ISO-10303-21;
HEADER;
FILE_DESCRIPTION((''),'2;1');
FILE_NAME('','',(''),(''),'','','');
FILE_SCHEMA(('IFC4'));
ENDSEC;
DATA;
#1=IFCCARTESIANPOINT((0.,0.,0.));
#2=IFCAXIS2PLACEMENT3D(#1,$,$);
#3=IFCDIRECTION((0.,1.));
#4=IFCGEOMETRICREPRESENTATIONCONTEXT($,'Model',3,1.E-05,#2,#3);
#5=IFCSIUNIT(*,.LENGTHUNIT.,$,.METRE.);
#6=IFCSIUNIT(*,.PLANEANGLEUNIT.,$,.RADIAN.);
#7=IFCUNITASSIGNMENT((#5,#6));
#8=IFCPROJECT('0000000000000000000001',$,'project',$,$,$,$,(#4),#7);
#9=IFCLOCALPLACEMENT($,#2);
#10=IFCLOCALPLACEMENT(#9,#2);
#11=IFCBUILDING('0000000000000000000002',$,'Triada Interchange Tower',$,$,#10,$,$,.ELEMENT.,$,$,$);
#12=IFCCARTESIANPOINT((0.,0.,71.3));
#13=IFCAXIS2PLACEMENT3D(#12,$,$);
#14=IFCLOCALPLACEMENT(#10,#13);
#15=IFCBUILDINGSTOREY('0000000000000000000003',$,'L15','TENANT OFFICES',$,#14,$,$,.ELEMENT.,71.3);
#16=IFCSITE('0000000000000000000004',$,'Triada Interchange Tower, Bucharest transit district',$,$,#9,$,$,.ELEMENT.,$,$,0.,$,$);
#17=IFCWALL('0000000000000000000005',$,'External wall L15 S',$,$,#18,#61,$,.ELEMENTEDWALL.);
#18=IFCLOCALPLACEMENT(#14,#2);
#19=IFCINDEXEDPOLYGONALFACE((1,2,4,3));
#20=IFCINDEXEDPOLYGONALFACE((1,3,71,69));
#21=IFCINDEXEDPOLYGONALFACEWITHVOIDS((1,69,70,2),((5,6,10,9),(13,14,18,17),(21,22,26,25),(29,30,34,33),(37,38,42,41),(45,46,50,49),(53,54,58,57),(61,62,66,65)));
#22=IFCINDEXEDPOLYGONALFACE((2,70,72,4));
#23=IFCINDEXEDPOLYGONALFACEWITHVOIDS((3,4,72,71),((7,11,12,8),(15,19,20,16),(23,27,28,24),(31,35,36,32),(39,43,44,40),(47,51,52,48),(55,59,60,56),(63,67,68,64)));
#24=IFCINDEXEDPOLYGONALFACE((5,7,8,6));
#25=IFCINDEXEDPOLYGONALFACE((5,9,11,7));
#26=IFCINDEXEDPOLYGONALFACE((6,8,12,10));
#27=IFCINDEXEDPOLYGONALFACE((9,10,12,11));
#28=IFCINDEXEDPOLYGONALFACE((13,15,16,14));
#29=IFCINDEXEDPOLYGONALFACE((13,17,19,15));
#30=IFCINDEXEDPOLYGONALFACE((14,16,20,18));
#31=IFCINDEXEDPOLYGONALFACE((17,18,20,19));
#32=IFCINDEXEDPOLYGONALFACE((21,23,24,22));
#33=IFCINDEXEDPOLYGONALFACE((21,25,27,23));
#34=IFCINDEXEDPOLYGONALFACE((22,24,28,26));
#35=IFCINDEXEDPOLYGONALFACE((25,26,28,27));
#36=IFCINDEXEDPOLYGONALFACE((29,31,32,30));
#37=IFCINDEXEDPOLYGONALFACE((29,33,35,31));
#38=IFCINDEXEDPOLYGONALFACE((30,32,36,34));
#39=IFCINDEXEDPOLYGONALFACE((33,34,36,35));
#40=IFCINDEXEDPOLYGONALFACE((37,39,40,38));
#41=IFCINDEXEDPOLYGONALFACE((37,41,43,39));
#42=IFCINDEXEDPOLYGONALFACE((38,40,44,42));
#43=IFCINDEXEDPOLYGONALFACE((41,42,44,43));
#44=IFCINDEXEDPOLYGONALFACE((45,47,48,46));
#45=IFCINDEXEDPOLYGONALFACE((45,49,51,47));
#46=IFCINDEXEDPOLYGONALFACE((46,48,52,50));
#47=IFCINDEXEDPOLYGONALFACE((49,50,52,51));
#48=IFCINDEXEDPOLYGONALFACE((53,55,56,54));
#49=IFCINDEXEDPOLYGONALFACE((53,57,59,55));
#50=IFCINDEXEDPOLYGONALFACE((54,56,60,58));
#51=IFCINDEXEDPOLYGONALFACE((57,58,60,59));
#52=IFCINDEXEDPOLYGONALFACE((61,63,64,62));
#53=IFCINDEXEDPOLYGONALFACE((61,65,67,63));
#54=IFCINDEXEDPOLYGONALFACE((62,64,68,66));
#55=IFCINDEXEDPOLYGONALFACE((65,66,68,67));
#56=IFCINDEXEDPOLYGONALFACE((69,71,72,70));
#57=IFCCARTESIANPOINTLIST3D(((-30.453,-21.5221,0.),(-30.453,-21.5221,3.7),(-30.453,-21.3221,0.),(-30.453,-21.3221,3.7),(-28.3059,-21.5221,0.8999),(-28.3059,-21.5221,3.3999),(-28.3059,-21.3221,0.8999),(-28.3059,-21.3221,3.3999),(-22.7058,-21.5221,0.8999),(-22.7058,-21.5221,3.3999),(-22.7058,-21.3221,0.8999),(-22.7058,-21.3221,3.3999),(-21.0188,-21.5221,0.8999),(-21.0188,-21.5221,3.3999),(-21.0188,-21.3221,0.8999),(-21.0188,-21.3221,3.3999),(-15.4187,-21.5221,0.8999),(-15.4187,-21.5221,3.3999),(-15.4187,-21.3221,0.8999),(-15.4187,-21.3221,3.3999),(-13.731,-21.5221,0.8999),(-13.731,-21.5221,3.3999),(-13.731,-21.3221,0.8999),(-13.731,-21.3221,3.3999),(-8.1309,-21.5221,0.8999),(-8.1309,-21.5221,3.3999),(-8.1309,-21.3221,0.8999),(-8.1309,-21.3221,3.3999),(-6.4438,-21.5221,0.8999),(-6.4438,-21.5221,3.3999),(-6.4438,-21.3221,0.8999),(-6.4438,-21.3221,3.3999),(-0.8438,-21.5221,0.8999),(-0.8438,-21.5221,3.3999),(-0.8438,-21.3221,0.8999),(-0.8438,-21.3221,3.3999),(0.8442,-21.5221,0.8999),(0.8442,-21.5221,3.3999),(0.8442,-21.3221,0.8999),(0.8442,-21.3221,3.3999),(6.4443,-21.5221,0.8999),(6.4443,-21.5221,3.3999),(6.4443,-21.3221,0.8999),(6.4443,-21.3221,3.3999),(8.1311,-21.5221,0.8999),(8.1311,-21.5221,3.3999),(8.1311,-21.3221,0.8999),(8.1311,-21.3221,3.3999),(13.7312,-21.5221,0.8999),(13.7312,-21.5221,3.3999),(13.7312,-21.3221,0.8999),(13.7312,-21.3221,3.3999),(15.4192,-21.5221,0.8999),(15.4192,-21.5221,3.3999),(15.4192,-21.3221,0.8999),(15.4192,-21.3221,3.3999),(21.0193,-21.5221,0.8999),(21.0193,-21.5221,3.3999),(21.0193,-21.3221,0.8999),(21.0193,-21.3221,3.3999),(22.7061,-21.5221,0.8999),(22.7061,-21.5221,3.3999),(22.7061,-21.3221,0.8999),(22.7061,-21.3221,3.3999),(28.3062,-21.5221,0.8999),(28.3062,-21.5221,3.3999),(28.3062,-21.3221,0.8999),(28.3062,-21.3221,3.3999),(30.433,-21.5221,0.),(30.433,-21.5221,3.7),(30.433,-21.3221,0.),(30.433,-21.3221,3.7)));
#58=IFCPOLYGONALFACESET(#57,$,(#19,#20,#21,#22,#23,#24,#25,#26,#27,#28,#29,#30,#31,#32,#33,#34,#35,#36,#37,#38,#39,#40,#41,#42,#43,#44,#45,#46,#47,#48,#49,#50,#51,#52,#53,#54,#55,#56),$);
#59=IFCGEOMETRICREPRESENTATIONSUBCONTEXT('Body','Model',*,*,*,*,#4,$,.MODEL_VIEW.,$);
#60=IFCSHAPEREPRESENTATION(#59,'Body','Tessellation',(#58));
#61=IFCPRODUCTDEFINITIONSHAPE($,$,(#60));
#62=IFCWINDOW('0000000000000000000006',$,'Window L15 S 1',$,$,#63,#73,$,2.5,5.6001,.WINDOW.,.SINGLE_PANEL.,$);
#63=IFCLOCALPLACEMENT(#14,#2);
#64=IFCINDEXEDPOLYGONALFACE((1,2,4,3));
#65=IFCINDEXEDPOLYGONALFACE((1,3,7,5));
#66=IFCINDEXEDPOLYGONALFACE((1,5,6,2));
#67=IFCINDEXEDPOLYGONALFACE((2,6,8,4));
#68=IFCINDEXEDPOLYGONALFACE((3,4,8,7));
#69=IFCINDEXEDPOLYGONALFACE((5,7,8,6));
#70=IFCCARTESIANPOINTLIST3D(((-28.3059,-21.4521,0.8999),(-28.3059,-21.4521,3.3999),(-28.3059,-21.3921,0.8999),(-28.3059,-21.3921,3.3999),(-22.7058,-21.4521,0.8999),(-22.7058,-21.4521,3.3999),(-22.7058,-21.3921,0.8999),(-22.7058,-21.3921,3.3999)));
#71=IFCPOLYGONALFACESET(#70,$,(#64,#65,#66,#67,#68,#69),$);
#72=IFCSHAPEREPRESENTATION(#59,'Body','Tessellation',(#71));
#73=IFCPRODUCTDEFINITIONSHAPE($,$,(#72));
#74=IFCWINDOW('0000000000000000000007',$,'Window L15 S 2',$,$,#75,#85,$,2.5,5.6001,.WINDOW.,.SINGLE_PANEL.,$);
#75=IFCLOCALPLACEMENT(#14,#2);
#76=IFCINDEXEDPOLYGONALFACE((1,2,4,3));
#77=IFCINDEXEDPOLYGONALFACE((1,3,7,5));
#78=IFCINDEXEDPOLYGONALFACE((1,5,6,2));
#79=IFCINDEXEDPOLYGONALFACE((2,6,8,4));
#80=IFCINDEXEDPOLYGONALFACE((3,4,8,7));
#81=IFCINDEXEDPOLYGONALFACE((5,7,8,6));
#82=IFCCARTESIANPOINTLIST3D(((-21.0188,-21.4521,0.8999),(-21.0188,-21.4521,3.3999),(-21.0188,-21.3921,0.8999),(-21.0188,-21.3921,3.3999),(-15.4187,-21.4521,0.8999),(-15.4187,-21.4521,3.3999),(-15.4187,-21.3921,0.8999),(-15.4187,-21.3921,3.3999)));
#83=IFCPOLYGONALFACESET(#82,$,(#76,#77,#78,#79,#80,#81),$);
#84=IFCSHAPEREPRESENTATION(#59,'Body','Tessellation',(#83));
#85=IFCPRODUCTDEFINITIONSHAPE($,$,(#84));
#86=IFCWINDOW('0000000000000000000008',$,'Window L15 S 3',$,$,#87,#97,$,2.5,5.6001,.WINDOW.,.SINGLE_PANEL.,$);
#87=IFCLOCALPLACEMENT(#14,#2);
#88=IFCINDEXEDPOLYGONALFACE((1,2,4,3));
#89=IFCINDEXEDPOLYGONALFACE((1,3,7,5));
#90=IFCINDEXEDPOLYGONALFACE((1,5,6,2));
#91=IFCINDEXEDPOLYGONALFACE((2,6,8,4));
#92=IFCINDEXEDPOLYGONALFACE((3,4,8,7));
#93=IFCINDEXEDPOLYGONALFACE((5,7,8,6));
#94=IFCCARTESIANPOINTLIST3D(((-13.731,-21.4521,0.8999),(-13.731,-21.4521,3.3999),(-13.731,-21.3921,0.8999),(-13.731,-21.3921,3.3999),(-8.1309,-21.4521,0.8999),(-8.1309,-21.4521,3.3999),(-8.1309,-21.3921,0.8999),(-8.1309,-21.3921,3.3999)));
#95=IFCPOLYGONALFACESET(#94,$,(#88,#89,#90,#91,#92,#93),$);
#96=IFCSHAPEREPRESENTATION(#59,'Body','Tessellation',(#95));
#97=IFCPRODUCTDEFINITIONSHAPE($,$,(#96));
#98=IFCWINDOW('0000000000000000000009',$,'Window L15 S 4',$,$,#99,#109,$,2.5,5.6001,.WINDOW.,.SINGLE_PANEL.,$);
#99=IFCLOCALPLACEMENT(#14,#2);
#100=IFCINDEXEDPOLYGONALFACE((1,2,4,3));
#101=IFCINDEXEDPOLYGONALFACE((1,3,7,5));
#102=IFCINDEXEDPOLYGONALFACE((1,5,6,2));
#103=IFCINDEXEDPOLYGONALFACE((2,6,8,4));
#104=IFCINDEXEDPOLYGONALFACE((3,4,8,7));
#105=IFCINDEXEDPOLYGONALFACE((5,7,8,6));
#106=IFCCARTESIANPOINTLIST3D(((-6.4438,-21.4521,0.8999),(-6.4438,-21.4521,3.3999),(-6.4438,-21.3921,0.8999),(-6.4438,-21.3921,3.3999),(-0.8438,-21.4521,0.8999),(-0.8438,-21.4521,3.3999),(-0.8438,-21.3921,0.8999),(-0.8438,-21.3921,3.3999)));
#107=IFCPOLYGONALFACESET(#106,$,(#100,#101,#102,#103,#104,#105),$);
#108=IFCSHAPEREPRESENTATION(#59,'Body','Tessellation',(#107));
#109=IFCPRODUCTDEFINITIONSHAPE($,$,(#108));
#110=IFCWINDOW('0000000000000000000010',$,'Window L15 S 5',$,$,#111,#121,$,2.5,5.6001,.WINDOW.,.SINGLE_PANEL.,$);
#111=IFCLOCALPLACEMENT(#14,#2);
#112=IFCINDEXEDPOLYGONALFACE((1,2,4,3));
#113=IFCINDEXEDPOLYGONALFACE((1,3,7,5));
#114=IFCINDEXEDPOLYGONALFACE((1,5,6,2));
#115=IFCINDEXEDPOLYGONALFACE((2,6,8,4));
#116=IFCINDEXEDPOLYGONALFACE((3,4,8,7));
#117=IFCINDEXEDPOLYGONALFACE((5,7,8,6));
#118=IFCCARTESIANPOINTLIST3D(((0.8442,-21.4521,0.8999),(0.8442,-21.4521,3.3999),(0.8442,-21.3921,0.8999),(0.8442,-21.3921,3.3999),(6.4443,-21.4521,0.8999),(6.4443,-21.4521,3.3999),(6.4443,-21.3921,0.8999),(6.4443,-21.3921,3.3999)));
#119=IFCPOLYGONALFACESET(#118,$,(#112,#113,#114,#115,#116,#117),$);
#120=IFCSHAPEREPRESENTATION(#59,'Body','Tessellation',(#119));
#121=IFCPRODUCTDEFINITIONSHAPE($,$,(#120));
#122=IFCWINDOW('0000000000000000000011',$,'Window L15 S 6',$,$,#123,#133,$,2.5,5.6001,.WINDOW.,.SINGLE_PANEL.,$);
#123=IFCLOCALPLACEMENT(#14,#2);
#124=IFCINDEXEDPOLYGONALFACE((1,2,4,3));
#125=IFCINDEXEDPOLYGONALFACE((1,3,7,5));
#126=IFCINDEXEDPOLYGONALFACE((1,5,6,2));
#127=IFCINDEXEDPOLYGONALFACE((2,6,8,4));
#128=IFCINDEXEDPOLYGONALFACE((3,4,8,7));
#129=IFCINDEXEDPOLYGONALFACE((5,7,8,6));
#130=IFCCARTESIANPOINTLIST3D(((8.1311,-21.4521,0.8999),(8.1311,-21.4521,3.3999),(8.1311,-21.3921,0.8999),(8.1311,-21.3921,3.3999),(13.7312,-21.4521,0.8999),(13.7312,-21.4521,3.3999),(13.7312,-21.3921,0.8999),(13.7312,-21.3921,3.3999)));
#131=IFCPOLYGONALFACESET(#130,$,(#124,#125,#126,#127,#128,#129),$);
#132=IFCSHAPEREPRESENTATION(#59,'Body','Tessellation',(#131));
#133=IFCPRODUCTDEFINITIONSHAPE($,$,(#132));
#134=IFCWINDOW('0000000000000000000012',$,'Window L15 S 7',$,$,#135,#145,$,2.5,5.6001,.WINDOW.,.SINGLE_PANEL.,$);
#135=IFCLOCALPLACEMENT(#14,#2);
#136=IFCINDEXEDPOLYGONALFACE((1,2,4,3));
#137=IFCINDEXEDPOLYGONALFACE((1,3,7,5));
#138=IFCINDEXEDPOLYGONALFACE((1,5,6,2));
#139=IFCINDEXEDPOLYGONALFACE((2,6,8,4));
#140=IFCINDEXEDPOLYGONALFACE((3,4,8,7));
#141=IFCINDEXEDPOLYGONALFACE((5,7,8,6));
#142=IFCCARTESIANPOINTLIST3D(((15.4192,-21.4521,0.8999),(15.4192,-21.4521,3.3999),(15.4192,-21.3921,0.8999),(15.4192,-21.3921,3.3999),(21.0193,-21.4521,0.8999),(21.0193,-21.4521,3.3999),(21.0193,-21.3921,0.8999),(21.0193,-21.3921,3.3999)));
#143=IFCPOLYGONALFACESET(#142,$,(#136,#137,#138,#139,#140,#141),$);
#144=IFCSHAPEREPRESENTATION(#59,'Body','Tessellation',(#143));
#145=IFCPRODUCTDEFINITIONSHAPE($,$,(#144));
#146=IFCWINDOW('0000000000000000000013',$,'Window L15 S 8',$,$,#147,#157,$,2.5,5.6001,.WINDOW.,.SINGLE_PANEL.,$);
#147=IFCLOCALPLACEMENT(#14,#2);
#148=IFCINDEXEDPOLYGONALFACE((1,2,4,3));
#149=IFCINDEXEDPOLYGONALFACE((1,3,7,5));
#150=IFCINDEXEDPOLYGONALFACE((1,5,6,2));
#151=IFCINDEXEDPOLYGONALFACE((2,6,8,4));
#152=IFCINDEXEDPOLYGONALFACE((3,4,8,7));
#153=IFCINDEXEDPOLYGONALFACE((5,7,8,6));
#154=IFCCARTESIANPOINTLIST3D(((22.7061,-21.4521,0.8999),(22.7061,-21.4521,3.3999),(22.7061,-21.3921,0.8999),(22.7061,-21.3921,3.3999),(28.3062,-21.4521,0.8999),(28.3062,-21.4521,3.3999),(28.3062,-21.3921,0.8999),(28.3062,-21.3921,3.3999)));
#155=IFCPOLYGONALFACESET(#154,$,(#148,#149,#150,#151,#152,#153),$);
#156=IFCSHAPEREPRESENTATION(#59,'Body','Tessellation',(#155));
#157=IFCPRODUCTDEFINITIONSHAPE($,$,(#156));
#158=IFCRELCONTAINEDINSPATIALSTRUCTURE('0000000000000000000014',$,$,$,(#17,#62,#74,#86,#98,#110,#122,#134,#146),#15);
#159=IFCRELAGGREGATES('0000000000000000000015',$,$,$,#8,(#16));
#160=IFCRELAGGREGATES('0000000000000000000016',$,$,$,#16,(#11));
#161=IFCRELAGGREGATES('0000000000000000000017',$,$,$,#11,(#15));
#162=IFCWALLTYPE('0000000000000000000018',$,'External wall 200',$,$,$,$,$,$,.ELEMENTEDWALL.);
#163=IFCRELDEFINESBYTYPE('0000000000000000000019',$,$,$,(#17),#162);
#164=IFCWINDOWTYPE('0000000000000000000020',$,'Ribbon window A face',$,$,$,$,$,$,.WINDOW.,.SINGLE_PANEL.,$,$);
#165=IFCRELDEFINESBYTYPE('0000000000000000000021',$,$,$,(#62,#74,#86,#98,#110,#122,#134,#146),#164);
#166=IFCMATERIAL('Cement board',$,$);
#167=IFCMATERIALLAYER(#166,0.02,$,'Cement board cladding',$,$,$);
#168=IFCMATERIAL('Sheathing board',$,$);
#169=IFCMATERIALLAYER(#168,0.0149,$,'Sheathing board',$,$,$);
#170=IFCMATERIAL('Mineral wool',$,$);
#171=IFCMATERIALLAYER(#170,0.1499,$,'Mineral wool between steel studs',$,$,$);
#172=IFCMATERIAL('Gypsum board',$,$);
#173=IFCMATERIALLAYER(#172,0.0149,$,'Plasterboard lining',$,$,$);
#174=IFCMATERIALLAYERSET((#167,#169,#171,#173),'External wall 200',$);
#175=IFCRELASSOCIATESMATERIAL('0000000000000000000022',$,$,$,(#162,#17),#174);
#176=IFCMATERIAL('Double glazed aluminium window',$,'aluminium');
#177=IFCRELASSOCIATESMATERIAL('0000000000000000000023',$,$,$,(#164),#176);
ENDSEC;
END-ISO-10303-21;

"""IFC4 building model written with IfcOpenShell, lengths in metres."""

from ifc_helpers import new_model, si_unit, direction, frame, frame_2d, origin, place, context, subcontext, project, spatial, rectangle, extrude, material, layer, layer_set, layer_usage, type_object, element, fill, save


model = new_model("IFC4")

# Units and contexts
model_context = context("Model", 3, precision=1e-05, world=origin(), true_north=direction((0.0, 1.0)))
body_context = subcontext(model_context, "Body", "Model", "MODEL_VIEW")
ifc_project = project(units=[si_unit("LENGTHUNIT", "METRE"), si_unit("PLANEANGLEUNIT", "RADIAN")], contexts=[model_context])

# Site, building, storey
site_placement = place(None, origin())
site = spatial("IfcSite", under=ifc_project, at=site_placement, Name="Triada Interchange Tower, Bucharest transit district", CompositionType="ELEMENT", RefElevation=0.0)
building_placement = place(site_placement, origin())
building = spatial("IfcBuilding", under=site, at=building_placement, Name="Triada Interchange Tower", CompositionType="ELEMENT")
storey_placement = place(building_placement, frame((0.0, 0.0, 71.3)))
storey = spatial("IfcBuildingStorey", under=building, at=storey_placement, Name="L15", Description="TENANT OFFICES", CompositionType="ELEMENT", Elevation=71.3)

# Shared definitions
ifc_material_1 = material(Name="Cement board")
ifc_layer_1 = layer(ifc_material_1, 0.02, Name="Cement board cladding")
ifc_material_2 = material(Name="Sheathing board")
ifc_layer_2 = layer(ifc_material_2, 0.0149, Name="Sheathing board")
ifc_material_3 = material(Name="Mineral wool")
ifc_layer_3 = layer(ifc_material_3, 0.1499, Name="Mineral wool between steel studs")
ifc_material_4 = material(Name="Gypsum board")
ifc_layer_4 = layer(ifc_material_4, 0.0149, Name="Plasterboard lining")
ifc_layer_set_1 = layer_set([ifc_layer_1, ifc_layer_2, ifc_layer_3, ifc_layer_4], Name="External wall 200")
ifc_layer_usage = layer_usage(ifc_layer_set_1, "AXIS2", "POSITIVE", -0.1001)
wall_type_1 = type_object("IfcWallType", Name="External wall 200", PredefinedType="ELEMENTEDWALL", material=ifc_layer_set_1)
ifc_material_5 = material(Name="Double glazed aluminium window", Category="aluminium")

# Wall, openings, windows
wall_1_placement = place(storey_placement, frame((-30.4529, -21.4221, 0.0), z_axis=(0.0, 0.0, 1.0), x_axis=(1.0, 0.0, 0.0)))
wall_1 = element("IfcWall", 1, at=wall_1_placement, inside=storey, type_object=wall_type_1, material=ifc_layer_usage, Name="External wall L15 S", PredefinedType="ELEMENTEDWALL", context=body_context, shape_type="SweptSolid", body=[
    extrude(rectangle(XDim=60.886, YDim=0.2, at=frame_2d((30.4429, 0.0))), origin(), (0.0, 0.0, 1.0), 3.7),
])
opening_1_placement = place(wall_1_placement, frame((2.147, 0.0, 0.8999)))
opening_1 = element("IfcOpeningElement", 2, at=opening_1_placement, cuts=wall_1, PredefinedType="OPENING", context=body_context, shape_type="SweptSolid", body=[
    extrude(rectangle(XDim=5.6001, YDim=2.5, at=frame_2d((2.8, 1.25))), frame((0.0, 0.1099, 0.0), z_axis=(0.0, -1.0, 0.0), x_axis=(1.0, 0.0, 0.0)), (0.0, 0.0, 1.0), 0.22),
])
opening_2_placement = place(wall_1_placement, frame((9.4341, 0.0, 0.8999)))
opening_2 = element("IfcOpeningElement", 3, at=opening_2_placement, cuts=wall_1, PredefinedType="OPENING", context=body_context, shape_type="SweptSolid", body=[
    extrude(rectangle(XDim=5.6001, YDim=2.5, at=frame_2d((2.8, 1.25))), frame((0.0, 0.1099, 0.0), z_axis=(0.0, -1.0, 0.0), x_axis=(1.0, 0.0, 0.0)), (0.0, 0.0, 1.0), 0.22),
])
opening_3_placement = place(wall_1_placement, frame((16.7219, 0.0, 0.8999)))
opening_3 = element("IfcOpeningElement", 4, at=opening_3_placement, cuts=wall_1, PredefinedType="OPENING", context=body_context, shape_type="SweptSolid", body=[
    extrude(rectangle(XDim=5.6001, YDim=2.5, at=frame_2d((2.8, 1.25))), frame((0.0, 0.1099, 0.0), z_axis=(0.0, -1.0, 0.0), x_axis=(1.0, 0.0, 0.0)), (0.0, 0.0, 1.0), 0.22),
])
opening_4_placement = place(wall_1_placement, frame((24.009, 0.0, 0.8999)))
opening_4 = element("IfcOpeningElement", 5, at=opening_4_placement, cuts=wall_1, PredefinedType="OPENING", context=body_context, shape_type="SweptSolid", body=[
    extrude(rectangle(XDim=5.6001, YDim=2.5, at=frame_2d((2.8, 1.25))), frame((0.0, 0.1099, 0.0), z_axis=(0.0, -1.0, 0.0), x_axis=(1.0, 0.0, 0.0)), (0.0, 0.0, 1.0), 0.22),
])
opening_5_placement = place(wall_1_placement, frame((31.2971, 0.0, 0.8999)))
opening_5 = element("IfcOpeningElement", 6, at=opening_5_placement, cuts=wall_1, PredefinedType="OPENING", context=body_context, shape_type="SweptSolid", body=[
    extrude(rectangle(XDim=5.6001, YDim=2.5, at=frame_2d((2.8, 1.25))), frame((0.0, 0.1099, 0.0), z_axis=(0.0, -1.0, 0.0), x_axis=(1.0, 0.0, 0.0)), (0.0, 0.0, 1.0), 0.22),
])
opening_6_placement = place(wall_1_placement, frame((38.584, 0.0, 0.8999)))
opening_6 = element("IfcOpeningElement", 7, at=opening_6_placement, cuts=wall_1, PredefinedType="OPENING", context=body_context, shape_type="SweptSolid", body=[
    extrude(rectangle(XDim=5.6001, YDim=2.5, at=frame_2d((2.8, 1.25))), frame((0.0, 0.1099, 0.0), z_axis=(0.0, -1.0, 0.0), x_axis=(1.0, 0.0, 0.0)), (0.0, 0.0, 1.0), 0.22),
])
opening_7_placement = place(wall_1_placement, frame((45.8721, 0.0, 0.8999)))
opening_7 = element("IfcOpeningElement", 8, at=opening_7_placement, cuts=wall_1, PredefinedType="OPENING", context=body_context, shape_type="SweptSolid", body=[
    extrude(rectangle(XDim=5.6001, YDim=2.5, at=frame_2d((2.8, 1.25))), frame((0.0, 0.1099, 0.0), z_axis=(0.0, -1.0, 0.0), x_axis=(1.0, 0.0, 0.0)), (0.0, 0.0, 1.0), 0.22),
])
opening_8_placement = place(wall_1_placement, frame((53.1589, 0.0, 0.8999)))
opening_8 = element("IfcOpeningElement", 9, at=opening_8_placement, cuts=wall_1, PredefinedType="OPENING", context=body_context, shape_type="SweptSolid", body=[
    extrude(rectangle(XDim=5.6001, YDim=2.5, at=frame_2d((2.8, 1.25))), frame((0.0, 0.1099, 0.0), z_axis=(0.0, -1.0, 0.0), x_axis=(1.0, 0.0, 0.0)), (0.0, 0.0, 1.0), 0.22),
])
window_type_1 = type_object("IfcWindowType", Name="Ribbon window A face", PartitioningType="SINGLE_PANEL", PredefinedType="WINDOW", material=ifc_material_5)
window_1_placement = place(opening_1_placement, origin())
window_1 = element("IfcWindow", 10, at=window_1_placement, inside=storey, type_object=window_type_1, Name="Window L15 S 1", OverallHeight=2.5, OverallWidth=5.6001, PartitioningType="SINGLE_PANEL", PredefinedType="WINDOW", context=body_context, shape_type="SweptSolid", body=[
    extrude(rectangle(XDim=5.6001, YDim=2.5, at=frame_2d((2.8, 1.25))), frame((0.0, 0.03, 0.0), z_axis=(0.0, -1.0, 0.0), x_axis=(1.0, 0.0, 0.0)), (0.0, 0.0, 1.0), 0.0601),
])
fill(opening_1, window_1)
window_2_placement = place(opening_2_placement, origin())
window_2 = element("IfcWindow", 11, at=window_2_placement, inside=storey, type_object=window_type_1, Name="Window L15 S 2", OverallHeight=2.5, OverallWidth=5.6001, PartitioningType="SINGLE_PANEL", PredefinedType="WINDOW", context=body_context, shape_type="SweptSolid", body=[
    extrude(rectangle(XDim=5.6001, YDim=2.5, at=frame_2d((2.8, 1.25))), frame((0.0, 0.03, 0.0), z_axis=(0.0, -1.0, 0.0), x_axis=(1.0, 0.0, 0.0)), (0.0, 0.0, 1.0), 0.0601),
])
fill(opening_2, window_2)
window_3_placement = place(opening_3_placement, origin())
window_3 = element("IfcWindow", 12, at=window_3_placement, inside=storey, type_object=window_type_1, Name="Window L15 S 3", OverallHeight=2.5, OverallWidth=5.6001, PartitioningType="SINGLE_PANEL", PredefinedType="WINDOW", context=body_context, shape_type="SweptSolid", body=[
    extrude(rectangle(XDim=5.6001, YDim=2.5, at=frame_2d((2.8, 1.25))), frame((0.0, 0.03, 0.0), z_axis=(0.0, -1.0, 0.0), x_axis=(1.0, 0.0, 0.0)), (0.0, 0.0, 1.0), 0.0601),
])
fill(opening_3, window_3)
window_4_placement = place(opening_4_placement, origin())
window_4 = element("IfcWindow", 13, at=window_4_placement, inside=storey, type_object=window_type_1, Name="Window L15 S 4", OverallHeight=2.5, OverallWidth=5.6001, PartitioningType="SINGLE_PANEL", PredefinedType="WINDOW", context=body_context, shape_type="SweptSolid", body=[
    extrude(rectangle(XDim=5.6001, YDim=2.5, at=frame_2d((2.8, 1.25))), frame((0.0, 0.03, 0.0), z_axis=(0.0, -1.0, 0.0), x_axis=(1.0, 0.0, 0.0)), (0.0, 0.0, 1.0), 0.0601),
])
fill(opening_4, window_4)
window_5_placement = place(opening_5_placement, origin())
window_5 = element("IfcWindow", 14, at=window_5_placement, inside=storey, type_object=window_type_1, Name="Window L15 S 5", OverallHeight=2.5, OverallWidth=5.6001, PartitioningType="SINGLE_PANEL", PredefinedType="WINDOW", context=body_context, shape_type="SweptSolid", body=[
    extrude(rectangle(XDim=5.6001, YDim=2.5, at=frame_2d((2.8, 1.25))), frame((0.0, 0.03, 0.0), z_axis=(0.0, -1.0, 0.0), x_axis=(1.0, 0.0, 0.0)), (0.0, 0.0, 1.0), 0.0601),
])
fill(opening_5, window_5)
window_6_placement = place(opening_6_placement, origin())
window_6 = element("IfcWindow", 15, at=window_6_placement, inside=storey, type_object=window_type_1, Name="Window L15 S 6", OverallHeight=2.5, OverallWidth=5.6001, PartitioningType="SINGLE_PANEL", PredefinedType="WINDOW", context=body_context, shape_type="SweptSolid", body=[
    extrude(rectangle(XDim=5.6001, YDim=2.5, at=frame_2d((2.8, 1.25))), frame((0.0, 0.03, 0.0), z_axis=(0.0, -1.0, 0.0), x_axis=(1.0, 0.0, 0.0)), (0.0, 0.0, 1.0), 0.0601),
])
fill(opening_6, window_6)
window_7_placement = place(opening_7_placement, origin())
window_7 = element("IfcWindow", 16, at=window_7_placement, inside=storey, type_object=window_type_1, Name="Window L15 S 7", OverallHeight=2.5, OverallWidth=5.6001, PartitioningType="SINGLE_PANEL", PredefinedType="WINDOW", context=body_context, shape_type="SweptSolid", body=[
    extrude(rectangle(XDim=5.6001, YDim=2.5, at=frame_2d((2.8, 1.25))), frame((0.0, 0.03, 0.0), z_axis=(0.0, -1.0, 0.0), x_axis=(1.0, 0.0, 0.0)), (0.0, 0.0, 1.0), 0.0601),
])
fill(opening_7, window_7)
window_8_placement = place(opening_8_placement, origin())
window_8 = element("IfcWindow", 17, at=window_8_placement, inside=storey, type_object=window_type_1, Name="Window L15 S 8", OverallHeight=2.5, OverallWidth=5.6001, PartitioningType="SINGLE_PANEL", PredefinedType="WINDOW", context=body_context, shape_type="SweptSolid", body=[
    extrude(rectangle(XDim=5.6001, YDim=2.5, at=frame_2d((2.8, 1.25))), frame((0.0, 0.03, 0.0), z_axis=(0.0, -1.0, 0.0), x_axis=(1.0, 0.0, 0.0)), (0.0, 0.0, 1.0), 0.0601),
])
fill(opening_8, window_8)

save(model, "model.ifc")
